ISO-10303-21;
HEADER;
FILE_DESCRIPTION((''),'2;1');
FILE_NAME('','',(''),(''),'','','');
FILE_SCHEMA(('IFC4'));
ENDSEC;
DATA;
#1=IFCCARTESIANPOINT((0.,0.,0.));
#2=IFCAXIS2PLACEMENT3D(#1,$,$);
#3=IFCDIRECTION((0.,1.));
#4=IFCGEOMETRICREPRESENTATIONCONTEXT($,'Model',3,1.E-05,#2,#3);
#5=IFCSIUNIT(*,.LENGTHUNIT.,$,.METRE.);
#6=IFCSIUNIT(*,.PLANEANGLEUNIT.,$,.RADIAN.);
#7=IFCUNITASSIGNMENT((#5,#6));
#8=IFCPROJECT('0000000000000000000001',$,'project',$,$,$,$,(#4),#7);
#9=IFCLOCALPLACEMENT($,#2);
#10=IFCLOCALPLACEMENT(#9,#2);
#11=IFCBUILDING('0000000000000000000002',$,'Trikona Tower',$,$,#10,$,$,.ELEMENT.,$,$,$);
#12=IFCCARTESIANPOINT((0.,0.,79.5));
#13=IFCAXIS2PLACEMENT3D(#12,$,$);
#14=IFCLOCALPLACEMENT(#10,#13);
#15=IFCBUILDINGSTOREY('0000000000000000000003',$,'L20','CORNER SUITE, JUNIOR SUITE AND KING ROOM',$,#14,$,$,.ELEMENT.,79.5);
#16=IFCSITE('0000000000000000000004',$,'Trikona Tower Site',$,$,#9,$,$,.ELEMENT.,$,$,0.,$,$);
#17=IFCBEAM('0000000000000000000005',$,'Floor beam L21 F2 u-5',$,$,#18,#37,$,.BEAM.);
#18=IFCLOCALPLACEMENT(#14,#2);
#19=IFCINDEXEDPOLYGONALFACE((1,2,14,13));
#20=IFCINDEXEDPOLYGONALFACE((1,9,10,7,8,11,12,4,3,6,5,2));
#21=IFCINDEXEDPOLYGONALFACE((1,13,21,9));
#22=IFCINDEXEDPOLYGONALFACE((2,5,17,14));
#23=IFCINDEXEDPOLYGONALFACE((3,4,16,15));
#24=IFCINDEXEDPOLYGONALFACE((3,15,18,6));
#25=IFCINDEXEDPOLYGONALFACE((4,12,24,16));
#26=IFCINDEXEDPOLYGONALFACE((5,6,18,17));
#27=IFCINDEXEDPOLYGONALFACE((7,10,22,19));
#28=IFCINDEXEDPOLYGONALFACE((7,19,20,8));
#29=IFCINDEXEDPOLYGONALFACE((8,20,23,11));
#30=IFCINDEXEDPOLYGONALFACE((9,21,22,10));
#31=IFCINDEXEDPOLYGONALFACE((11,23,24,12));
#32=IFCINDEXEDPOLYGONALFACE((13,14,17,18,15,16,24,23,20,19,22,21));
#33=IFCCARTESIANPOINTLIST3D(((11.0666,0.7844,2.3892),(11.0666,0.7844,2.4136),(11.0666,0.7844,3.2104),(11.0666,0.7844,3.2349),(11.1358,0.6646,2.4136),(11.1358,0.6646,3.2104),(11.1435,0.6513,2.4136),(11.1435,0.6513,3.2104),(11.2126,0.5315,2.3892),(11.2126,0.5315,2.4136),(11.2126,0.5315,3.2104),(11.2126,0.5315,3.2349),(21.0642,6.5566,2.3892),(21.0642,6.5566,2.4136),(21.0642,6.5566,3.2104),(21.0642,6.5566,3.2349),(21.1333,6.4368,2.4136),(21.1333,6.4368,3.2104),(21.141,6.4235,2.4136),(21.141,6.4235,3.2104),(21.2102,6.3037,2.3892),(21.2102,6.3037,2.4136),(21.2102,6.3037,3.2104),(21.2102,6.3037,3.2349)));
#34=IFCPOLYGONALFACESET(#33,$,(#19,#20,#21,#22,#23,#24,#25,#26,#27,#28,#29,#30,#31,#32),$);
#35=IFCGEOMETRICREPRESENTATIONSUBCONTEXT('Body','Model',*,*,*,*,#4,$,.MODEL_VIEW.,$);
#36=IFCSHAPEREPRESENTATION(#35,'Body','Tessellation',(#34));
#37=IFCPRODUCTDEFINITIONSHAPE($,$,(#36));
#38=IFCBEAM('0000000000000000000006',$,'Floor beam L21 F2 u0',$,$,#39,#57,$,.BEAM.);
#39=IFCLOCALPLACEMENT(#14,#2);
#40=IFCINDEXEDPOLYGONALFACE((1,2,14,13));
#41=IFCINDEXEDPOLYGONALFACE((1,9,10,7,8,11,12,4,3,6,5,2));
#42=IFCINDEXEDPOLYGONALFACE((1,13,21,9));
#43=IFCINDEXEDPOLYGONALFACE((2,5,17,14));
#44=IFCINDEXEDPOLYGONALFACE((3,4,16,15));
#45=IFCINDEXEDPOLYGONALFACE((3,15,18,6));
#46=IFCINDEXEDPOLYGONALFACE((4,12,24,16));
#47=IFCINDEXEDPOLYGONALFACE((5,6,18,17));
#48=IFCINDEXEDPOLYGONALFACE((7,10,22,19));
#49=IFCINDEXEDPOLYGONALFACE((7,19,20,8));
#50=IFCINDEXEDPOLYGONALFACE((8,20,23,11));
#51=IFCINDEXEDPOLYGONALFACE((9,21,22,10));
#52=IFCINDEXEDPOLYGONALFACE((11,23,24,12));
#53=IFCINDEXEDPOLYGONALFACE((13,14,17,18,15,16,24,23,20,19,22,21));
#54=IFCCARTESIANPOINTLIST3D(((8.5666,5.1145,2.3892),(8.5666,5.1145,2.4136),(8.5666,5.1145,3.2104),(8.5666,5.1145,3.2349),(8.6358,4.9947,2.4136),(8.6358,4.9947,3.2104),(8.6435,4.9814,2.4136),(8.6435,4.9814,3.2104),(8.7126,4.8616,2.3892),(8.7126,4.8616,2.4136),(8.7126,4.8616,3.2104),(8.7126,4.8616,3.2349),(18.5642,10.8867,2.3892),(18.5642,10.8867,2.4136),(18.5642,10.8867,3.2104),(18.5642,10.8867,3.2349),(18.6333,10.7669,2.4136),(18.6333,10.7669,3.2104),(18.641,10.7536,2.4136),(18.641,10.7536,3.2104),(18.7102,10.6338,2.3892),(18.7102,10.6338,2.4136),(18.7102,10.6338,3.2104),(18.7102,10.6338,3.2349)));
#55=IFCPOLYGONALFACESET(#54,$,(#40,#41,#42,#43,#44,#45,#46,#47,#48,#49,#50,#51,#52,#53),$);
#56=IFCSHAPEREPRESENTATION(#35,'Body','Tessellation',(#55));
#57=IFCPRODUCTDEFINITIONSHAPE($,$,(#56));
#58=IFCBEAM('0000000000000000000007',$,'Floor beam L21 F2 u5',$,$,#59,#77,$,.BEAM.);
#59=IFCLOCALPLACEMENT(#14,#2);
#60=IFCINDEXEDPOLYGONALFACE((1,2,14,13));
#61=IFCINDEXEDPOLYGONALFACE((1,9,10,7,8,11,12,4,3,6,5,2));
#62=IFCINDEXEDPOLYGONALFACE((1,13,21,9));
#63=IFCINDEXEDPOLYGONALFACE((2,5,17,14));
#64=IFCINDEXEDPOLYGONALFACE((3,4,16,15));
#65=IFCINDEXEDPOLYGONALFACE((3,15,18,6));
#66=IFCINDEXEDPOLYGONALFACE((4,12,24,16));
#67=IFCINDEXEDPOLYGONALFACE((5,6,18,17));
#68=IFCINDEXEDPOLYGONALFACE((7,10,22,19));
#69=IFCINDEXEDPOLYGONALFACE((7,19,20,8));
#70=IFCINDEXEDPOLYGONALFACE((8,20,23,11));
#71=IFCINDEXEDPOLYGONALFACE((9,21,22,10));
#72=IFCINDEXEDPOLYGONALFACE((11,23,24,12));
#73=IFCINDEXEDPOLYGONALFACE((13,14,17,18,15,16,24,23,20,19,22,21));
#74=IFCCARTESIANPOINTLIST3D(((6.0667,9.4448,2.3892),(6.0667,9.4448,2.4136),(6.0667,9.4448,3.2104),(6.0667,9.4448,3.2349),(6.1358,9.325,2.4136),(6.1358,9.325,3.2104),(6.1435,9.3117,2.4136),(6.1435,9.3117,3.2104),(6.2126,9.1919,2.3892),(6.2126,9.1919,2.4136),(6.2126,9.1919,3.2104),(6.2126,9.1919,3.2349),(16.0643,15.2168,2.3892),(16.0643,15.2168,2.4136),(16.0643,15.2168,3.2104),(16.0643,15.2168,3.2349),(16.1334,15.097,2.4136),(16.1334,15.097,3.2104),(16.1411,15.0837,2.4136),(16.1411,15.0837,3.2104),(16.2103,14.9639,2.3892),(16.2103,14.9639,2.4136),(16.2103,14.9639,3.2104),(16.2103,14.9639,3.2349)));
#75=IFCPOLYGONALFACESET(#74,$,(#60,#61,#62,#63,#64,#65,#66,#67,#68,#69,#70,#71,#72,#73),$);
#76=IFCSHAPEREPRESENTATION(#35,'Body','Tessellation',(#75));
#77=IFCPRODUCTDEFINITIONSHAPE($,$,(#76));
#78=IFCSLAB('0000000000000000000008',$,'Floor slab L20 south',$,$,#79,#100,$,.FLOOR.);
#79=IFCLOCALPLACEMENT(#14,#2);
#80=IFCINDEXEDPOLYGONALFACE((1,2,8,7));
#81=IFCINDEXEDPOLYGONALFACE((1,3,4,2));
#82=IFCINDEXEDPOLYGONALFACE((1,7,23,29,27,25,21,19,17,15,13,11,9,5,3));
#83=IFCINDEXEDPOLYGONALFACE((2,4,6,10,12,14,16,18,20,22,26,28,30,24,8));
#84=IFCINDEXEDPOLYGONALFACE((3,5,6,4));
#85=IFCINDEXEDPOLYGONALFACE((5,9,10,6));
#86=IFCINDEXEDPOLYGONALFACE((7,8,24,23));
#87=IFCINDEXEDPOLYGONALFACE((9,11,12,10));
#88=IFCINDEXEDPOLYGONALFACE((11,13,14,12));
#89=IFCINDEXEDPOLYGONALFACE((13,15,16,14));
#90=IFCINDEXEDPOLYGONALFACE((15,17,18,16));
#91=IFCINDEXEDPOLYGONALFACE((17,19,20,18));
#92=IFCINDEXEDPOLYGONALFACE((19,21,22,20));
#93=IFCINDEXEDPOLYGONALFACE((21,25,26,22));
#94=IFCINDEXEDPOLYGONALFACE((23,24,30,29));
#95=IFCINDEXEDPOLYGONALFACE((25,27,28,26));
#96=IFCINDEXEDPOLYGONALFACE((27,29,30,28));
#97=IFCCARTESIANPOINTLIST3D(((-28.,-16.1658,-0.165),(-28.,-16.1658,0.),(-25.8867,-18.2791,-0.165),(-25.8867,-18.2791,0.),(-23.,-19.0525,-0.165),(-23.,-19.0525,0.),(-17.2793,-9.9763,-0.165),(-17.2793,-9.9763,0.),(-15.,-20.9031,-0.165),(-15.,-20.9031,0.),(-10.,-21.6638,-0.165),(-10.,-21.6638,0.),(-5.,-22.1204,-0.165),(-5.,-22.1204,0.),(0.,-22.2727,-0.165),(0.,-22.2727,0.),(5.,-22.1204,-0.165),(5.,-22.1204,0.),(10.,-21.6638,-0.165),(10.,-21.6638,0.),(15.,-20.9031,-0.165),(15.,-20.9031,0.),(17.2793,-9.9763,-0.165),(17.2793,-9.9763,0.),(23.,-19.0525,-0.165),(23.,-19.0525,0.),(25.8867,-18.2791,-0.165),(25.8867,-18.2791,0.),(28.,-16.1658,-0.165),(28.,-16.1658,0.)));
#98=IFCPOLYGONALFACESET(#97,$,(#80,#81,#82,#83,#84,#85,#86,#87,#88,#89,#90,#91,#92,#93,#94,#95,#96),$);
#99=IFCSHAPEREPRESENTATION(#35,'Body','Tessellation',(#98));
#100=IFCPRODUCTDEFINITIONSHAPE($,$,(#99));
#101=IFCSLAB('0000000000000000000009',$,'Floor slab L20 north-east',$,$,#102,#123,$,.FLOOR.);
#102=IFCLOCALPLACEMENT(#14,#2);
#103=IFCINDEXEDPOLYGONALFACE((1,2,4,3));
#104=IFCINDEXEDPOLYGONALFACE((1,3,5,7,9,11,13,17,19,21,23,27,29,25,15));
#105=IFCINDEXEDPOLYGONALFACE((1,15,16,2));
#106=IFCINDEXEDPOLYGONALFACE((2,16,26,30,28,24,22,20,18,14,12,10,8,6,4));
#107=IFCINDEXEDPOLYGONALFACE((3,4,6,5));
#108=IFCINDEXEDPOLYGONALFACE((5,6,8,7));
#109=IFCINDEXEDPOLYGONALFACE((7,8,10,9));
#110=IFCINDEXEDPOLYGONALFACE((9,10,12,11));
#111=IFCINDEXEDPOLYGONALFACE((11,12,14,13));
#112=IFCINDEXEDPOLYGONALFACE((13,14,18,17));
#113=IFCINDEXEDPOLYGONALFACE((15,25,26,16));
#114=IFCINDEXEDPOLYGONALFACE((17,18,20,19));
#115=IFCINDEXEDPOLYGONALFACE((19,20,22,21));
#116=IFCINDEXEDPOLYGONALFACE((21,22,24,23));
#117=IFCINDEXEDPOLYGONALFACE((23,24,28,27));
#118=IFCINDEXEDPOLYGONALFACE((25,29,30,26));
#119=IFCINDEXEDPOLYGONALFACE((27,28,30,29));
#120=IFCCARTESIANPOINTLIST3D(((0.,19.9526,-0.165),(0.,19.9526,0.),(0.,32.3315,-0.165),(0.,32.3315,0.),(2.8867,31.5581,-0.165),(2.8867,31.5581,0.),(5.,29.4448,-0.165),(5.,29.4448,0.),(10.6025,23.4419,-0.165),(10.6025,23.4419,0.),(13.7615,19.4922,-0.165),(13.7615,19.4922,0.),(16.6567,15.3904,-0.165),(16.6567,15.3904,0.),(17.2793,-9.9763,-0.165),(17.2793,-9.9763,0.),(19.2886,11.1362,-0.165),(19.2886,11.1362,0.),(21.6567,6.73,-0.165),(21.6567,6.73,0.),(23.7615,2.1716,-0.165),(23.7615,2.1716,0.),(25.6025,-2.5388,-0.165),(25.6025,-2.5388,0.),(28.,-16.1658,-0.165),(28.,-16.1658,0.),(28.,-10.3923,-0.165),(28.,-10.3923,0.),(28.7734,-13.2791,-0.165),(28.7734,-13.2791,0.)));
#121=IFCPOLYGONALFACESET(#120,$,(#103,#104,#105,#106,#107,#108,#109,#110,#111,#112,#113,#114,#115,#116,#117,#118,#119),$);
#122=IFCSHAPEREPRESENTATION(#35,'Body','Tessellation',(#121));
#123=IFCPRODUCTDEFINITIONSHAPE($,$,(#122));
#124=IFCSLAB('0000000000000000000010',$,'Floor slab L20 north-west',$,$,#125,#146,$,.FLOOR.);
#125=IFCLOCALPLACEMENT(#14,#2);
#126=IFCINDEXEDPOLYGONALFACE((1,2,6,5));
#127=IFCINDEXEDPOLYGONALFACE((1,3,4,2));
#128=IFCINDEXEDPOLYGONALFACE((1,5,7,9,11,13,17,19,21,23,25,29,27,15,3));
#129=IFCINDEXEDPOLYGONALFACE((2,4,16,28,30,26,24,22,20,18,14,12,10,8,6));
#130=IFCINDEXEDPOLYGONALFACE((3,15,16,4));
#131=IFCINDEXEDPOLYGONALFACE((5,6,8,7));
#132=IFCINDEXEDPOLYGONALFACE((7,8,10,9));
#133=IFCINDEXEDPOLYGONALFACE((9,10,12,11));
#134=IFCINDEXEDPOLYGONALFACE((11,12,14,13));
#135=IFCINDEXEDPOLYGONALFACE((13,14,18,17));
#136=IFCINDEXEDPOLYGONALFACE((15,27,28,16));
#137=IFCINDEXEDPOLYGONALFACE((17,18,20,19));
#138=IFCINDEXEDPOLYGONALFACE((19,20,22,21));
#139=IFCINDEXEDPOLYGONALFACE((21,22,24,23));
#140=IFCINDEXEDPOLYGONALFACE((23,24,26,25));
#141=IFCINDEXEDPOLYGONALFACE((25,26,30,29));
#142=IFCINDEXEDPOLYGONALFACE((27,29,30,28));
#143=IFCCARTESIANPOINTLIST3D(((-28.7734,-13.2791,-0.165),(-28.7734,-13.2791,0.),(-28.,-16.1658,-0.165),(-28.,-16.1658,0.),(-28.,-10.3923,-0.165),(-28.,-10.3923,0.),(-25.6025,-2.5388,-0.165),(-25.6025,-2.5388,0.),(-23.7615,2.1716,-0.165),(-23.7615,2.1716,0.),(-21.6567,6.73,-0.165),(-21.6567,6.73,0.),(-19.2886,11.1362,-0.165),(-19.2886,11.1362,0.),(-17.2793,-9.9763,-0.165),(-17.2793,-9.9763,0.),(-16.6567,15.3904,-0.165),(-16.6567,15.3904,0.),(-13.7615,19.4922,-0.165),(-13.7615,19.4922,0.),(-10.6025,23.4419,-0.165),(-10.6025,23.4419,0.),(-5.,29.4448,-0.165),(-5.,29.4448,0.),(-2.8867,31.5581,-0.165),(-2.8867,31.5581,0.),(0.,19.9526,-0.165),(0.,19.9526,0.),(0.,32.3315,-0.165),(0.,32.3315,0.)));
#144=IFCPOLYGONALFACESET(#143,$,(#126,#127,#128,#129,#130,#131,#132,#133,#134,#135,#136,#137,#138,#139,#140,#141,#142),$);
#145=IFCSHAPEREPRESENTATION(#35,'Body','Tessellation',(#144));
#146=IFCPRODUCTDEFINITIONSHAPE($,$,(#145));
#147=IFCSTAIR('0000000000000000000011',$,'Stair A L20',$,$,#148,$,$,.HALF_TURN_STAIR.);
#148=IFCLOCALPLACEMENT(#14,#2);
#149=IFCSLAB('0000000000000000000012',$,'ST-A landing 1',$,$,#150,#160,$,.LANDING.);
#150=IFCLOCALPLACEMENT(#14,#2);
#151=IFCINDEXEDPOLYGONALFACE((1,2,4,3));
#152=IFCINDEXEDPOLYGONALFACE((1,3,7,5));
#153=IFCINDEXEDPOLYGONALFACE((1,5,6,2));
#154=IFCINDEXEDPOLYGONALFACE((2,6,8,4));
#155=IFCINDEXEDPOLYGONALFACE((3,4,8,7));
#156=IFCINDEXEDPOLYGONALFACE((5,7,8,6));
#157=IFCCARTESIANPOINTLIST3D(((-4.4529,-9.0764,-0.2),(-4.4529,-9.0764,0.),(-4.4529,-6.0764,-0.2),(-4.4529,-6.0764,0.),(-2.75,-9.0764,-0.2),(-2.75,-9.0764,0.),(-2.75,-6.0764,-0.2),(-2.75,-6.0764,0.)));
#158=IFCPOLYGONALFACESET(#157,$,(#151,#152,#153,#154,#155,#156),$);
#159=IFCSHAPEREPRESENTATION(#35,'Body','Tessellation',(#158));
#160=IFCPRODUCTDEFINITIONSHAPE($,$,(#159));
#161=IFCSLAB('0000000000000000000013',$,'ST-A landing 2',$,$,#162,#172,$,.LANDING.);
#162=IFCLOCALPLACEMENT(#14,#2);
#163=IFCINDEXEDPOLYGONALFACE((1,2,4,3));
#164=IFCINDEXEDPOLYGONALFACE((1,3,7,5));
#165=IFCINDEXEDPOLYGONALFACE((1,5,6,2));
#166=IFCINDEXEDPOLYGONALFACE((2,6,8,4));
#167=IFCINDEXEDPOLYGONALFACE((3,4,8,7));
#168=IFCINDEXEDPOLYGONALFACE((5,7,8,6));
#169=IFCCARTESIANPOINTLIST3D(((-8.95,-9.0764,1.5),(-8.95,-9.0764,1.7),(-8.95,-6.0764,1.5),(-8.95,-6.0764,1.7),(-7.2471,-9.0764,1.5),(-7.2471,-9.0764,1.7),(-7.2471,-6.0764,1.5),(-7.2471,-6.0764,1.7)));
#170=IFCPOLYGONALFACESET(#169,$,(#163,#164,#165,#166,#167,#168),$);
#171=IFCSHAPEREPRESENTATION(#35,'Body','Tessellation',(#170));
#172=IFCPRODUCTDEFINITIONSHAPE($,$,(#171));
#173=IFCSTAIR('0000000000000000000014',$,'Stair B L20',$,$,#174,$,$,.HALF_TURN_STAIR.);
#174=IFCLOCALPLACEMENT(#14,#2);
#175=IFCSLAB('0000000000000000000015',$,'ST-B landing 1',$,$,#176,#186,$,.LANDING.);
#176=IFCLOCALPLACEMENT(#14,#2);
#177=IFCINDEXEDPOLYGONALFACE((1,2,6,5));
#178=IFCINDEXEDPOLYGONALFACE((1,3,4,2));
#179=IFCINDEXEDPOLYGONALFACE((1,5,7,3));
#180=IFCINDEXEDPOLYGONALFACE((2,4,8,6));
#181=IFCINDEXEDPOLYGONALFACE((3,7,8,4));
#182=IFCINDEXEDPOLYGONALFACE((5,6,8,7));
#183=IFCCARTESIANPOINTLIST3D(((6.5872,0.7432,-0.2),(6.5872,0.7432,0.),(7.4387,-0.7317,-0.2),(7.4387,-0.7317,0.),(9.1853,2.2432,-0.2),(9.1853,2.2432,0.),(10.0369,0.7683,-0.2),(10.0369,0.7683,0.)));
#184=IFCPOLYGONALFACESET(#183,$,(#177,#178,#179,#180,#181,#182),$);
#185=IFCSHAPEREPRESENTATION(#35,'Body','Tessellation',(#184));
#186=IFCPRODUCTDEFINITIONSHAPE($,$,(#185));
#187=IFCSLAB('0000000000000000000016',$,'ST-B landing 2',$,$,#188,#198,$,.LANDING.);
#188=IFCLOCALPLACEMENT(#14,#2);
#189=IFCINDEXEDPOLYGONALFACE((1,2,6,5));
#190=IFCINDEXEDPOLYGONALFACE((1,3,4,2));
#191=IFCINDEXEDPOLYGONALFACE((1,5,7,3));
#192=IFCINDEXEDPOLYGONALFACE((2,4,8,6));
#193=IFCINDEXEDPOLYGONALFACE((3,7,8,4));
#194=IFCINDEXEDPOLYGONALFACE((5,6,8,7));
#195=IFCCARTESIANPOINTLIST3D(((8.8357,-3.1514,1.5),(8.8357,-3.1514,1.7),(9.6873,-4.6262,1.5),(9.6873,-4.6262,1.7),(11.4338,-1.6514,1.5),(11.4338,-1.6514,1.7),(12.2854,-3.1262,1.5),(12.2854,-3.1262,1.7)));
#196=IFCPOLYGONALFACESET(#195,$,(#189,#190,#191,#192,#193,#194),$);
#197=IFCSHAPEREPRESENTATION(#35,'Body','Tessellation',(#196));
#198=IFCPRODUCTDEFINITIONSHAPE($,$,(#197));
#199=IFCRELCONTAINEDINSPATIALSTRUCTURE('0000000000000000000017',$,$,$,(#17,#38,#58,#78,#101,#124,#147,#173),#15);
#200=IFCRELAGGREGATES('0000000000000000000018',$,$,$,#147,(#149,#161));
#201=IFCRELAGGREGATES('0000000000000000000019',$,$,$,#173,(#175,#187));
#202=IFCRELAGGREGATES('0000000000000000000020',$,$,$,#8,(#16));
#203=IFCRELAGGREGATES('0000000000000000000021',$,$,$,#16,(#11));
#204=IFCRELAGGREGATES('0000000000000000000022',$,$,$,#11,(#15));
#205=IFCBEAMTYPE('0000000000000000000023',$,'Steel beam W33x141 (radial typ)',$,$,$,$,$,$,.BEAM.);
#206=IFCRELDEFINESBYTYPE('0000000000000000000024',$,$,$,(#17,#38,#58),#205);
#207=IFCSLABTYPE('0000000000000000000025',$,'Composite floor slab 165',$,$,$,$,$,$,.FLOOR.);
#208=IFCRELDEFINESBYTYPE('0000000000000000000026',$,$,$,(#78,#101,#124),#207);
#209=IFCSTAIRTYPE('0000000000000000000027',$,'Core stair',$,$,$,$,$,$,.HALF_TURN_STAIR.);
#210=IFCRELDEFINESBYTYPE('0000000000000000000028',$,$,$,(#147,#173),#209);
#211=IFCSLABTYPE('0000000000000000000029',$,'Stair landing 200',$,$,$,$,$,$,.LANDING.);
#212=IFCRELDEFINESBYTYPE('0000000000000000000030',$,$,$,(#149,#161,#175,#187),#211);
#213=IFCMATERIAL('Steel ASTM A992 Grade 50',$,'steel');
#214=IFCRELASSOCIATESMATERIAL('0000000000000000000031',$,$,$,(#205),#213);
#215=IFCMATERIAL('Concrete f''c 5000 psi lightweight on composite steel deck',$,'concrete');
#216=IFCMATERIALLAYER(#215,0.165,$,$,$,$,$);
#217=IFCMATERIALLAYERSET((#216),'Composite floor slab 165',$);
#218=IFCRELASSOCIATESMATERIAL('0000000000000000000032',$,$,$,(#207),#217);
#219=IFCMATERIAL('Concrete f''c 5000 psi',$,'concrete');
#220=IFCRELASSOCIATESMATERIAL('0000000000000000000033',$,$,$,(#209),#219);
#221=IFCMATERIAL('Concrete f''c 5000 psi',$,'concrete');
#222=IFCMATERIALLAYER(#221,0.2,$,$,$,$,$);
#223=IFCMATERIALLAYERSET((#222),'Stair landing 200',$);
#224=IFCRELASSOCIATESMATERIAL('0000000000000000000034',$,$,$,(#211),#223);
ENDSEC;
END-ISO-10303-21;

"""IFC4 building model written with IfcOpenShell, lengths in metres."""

from ifc_helpers import new_model, si_unit, direction, frame, origin, origin_2d, place, context, subcontext, project, spatial, polyline, i_section, outline, extrude, material, layer, layer_set, material_profile, profile_set, type_object, element, aggregate, save


model = new_model("IFC4")

# Units and contexts
model_context = context("Model", 3, precision=1e-05, world=origin(), true_north=direction((0.0, 1.0)))
body_context = subcontext(model_context, "Body", "Model", "MODEL_VIEW")
ifc_project = project(units=[si_unit("LENGTHUNIT", "METRE"), si_unit("PLANEANGLEUNIT", "RADIAN")], contexts=[model_context])

# Site, building, storey
site_placement = place(None, origin())
site = spatial("IfcSite", under=ifc_project, at=site_placement, Name="Trikona Tower Site", CompositionType="ELEMENT", RefElevation=0.0)
building_placement = place(site_placement, origin())
building = spatial("IfcBuilding", under=site, at=building_placement, Name="Trikona Tower", CompositionType="ELEMENT")
storey_placement = place(building_placement, frame((0.0, 0.0, 79.5)))
storey = spatial("IfcBuildingStorey", under=building, at=storey_placement, Name="L20", Description="CORNER SUITE, JUNIOR SUITE AND KING ROOM", CompositionType="ELEMENT", Elevation=79.5)

# Beams
ifc_material_1 = material(Name="Steel ASTM A992 Grade 50", Category="steel")
ifc_material_profile = material_profile(ifc_material_1, i_section(OverallWidth=0.292, OverallDepth=0.8457, WebThickness=0.0154, FlangeThickness=0.0244, at=origin_2d()), Name="W33X141")
ifc_profile_set = profile_set([ifc_material_profile], Name="Steel ASTM A992 Grade 50")
beam_type = type_object("IfcBeamType", Name="Steel beam W33x141 (radial typ)", PredefinedType="BEAM", material=ifc_profile_set)
for number, where, z_axis, x_axis, name in (
    (1, (11.1396, 0.658, 2.812), (0.866021, 0.500008, 0.0), (-0.500008, 0.866021, 0.0), "Floor beam L21 F2 u-5"),
    (2, (8.6396, 4.988, 2.812), (0.866021, 0.500008, 0.0), (-0.500008, 0.866021, 0.0), "Floor beam L21 F2 u0"),
    (3, (6.1396, 9.3184, 2.812), (0.86603, 0.499992, 0.0), (-0.499992, 0.86603, 0.0), "Floor beam L21 F2 u5"),
):
    element("IfcBeam", number, at=place(storey_placement, frame(where, z_axis=z_axis, x_axis=x_axis)), inside=storey, type_object=beam_type, Name=name, PredefinedType="BEAM", context=body_context, shape_type="SweptSolid", body=[
        extrude(i_section(OverallWidth=0.292, OverallDepth=0.8457, WebThickness=0.0154, FlangeThickness=0.0244, at=origin_2d()), origin(), (0.0, 0.0, 1.0), 11.5442),
    ])

# Slabs
ifc_material_2 = material(Name="Concrete f'c 5000 psi lightweight on composite steel deck", Category="concrete")
ifc_layer_1 = layer(ifc_material_2, 0.165)
ifc_layer_set_1 = layer_set([ifc_layer_1], Name="Composite floor slab 165")
slab_type_1 = type_object("IfcSlabType", Name="Composite floor slab 165", PredefinedType="FLOOR", material=ifc_layer_set_1)
slab_1_placement = place(storey_placement, frame((0.0, 0.0, -0.165)))
element("IfcSlab", 4, at=slab_1_placement, inside=storey, type_object=slab_type_1, Name="Floor slab L20 south", PredefinedType="FLOOR", context=body_context, shape_type="SweptSolid", body=[
    extrude(outline(polyline([(25.8867, -18.2791), (28.0, -16.1658), (17.2793, -9.9763), (-17.2793, -9.9763), (-28.0, -16.1658), (-25.8867, -18.2791), (-23.0, -19.0525), (-15.0, -20.9031), (-10.0, -21.6638), (-5.0, -22.1204), (0.0, -22.2727), (5.0, -22.1204), (10.0, -21.6638), (15.0, -20.9031), (23.0, -19.0525), (25.8867, -18.2791)])), origin(), (0.0, 0.0, 1.0), 0.165),
])
slab_2_placement = place(storey_placement, frame((0.0, 0.0, -0.165)))
element("IfcSlab", 5, at=slab_2_placement, inside=storey, type_object=slab_type_1, Name="Floor slab L20 north-east", PredefinedType="FLOOR", context=body_context, shape_type="SweptSolid", body=[
    extrude(outline(polyline([(2.8867, 31.5581), (0.0, 32.3315), (0.0, 19.9526), (17.2793, -9.9763), (28.0, -16.1658), (28.7734, -13.2791), (28.0, -10.3923), (25.6025, -2.5388), (23.7615, 2.1716), (21.6567, 6.73), (19.2886, 11.1362), (16.6567, 15.3904), (13.7615, 19.4922), (10.6025, 23.4419), (5.0, 29.4448), (2.8867, 31.5581)])), origin(), (0.0, 0.0, 1.0), 0.165),
])
slab_3_placement = place(storey_placement, frame((0.0, 0.0, -0.165)))
element("IfcSlab", 6, at=slab_3_placement, inside=storey, type_object=slab_type_1, Name="Floor slab L20 north-west", PredefinedType="FLOOR", context=body_context, shape_type="SweptSolid", body=[
    extrude(outline(polyline([(0.0, 19.9526), (0.0, 32.3315), (-2.8867, 31.5581), (-5.0, 29.4448), (-10.6025, 23.4419), (-13.7615, 19.4922), (-16.6567, 15.3904), (-19.2886, 11.1362), (-21.6567, 6.73), (-23.7615, 2.1716), (-25.6025, -2.5388), (-28.0, -10.3923), (-28.7734, -13.2791), (-28.0, -16.1658), (-17.2793, -9.9763), (0.0, 19.9526)])), origin(), (0.0, 0.0, 1.0), 0.165),
])

# Stairs, slabs
ifc_material_3 = material(Name="Concrete f'c 5000 psi", Category="concrete")
stair_type = type_object("IfcStairType", Name="Core stair", PredefinedType="HALF_TURN_STAIR", material=ifc_material_3)
stair_1_placement = place(storey_placement, origin())
stair_1 = element("IfcStair", 7, at=stair_1_placement, inside=storey, type_object=stair_type, Name="Stair A L20", PredefinedType="HALF_TURN_STAIR")
ifc_material_4 = material(Name="Concrete f'c 5000 psi", Category="concrete")
ifc_layer_2 = layer(ifc_material_4, 0.2)
ifc_layer_set_2 = layer_set([ifc_layer_2], Name="Stair landing 200")
slab_type_2 = type_object("IfcSlabType", Name="Stair landing 200", PredefinedType="LANDING", material=ifc_layer_set_2)
slab_4_placement = place(storey_placement, frame((0.0, 0.0, -0.2)))
slab_4 = element("IfcSlab", 8, at=slab_4_placement, type_object=slab_type_2, Name="ST-A landing 1", PredefinedType="LANDING", context=body_context, shape_type="SweptSolid", body=[
    extrude(outline(polyline([(-4.4529, -6.0764), (-2.75, -6.0764), (-2.75, -9.0764), (-4.4529, -9.0764), (-4.4529, -6.0764)])), origin(), (0.0, 0.0, 1.0), 0.2),
])
slab_5_placement = place(storey_placement, frame((0.0, 0.0, 1.5)))
slab_5 = element("IfcSlab", 9, at=slab_5_placement, type_object=slab_type_2, Name="ST-A landing 2", PredefinedType="LANDING", context=body_context, shape_type="SweptSolid", body=[
    extrude(outline(polyline([(-8.95, -6.0764), (-7.2471, -6.0764), (-7.2471, -9.0764), (-8.95, -9.0764), (-8.95, -6.0764)])), origin(), (0.0, 0.0, 1.0), 0.2),
])
aggregate(stair_1, [slab_4, slab_5])
stair_2_placement = place(storey_placement, origin())
stair_2 = element("IfcStair", 10, at=stair_2_placement, inside=storey, type_object=stair_type, Name="Stair B L20", PredefinedType="HALF_TURN_STAIR")
slab_6_placement = place(storey_placement, frame((0.0, 0.0, -0.2)))
slab_6 = element("IfcSlab", 11, at=slab_6_placement, type_object=slab_type_2, Name="ST-B landing 1", PredefinedType="LANDING", context=body_context, shape_type="SweptSolid", body=[
    extrude(outline(polyline([(7.4387, -0.7317), (6.5872, 0.7432), (9.1853, 2.2432), (10.0369, 0.7683), (7.4387, -0.7317)])), origin(), (0.0, 0.0, 1.0), 0.2),
])
slab_7_placement = place(storey_placement, frame((0.0, 0.0, 1.5)))
slab_7 = element("IfcSlab", 12, at=slab_7_placement, type_object=slab_type_2, Name="ST-B landing 2", PredefinedType="LANDING", context=body_context, shape_type="SweptSolid", body=[
    extrude(outline(polyline([(9.6873, -4.6262), (8.8357, -3.1514), (11.4338, -1.6514), (12.2854, -3.1262), (9.6873, -4.6262)])), origin(), (0.0, 0.0, 1.0), 0.2),
])

aggregate(stair_2, [slab_6, slab_7])

save(model, "model.ifc")
